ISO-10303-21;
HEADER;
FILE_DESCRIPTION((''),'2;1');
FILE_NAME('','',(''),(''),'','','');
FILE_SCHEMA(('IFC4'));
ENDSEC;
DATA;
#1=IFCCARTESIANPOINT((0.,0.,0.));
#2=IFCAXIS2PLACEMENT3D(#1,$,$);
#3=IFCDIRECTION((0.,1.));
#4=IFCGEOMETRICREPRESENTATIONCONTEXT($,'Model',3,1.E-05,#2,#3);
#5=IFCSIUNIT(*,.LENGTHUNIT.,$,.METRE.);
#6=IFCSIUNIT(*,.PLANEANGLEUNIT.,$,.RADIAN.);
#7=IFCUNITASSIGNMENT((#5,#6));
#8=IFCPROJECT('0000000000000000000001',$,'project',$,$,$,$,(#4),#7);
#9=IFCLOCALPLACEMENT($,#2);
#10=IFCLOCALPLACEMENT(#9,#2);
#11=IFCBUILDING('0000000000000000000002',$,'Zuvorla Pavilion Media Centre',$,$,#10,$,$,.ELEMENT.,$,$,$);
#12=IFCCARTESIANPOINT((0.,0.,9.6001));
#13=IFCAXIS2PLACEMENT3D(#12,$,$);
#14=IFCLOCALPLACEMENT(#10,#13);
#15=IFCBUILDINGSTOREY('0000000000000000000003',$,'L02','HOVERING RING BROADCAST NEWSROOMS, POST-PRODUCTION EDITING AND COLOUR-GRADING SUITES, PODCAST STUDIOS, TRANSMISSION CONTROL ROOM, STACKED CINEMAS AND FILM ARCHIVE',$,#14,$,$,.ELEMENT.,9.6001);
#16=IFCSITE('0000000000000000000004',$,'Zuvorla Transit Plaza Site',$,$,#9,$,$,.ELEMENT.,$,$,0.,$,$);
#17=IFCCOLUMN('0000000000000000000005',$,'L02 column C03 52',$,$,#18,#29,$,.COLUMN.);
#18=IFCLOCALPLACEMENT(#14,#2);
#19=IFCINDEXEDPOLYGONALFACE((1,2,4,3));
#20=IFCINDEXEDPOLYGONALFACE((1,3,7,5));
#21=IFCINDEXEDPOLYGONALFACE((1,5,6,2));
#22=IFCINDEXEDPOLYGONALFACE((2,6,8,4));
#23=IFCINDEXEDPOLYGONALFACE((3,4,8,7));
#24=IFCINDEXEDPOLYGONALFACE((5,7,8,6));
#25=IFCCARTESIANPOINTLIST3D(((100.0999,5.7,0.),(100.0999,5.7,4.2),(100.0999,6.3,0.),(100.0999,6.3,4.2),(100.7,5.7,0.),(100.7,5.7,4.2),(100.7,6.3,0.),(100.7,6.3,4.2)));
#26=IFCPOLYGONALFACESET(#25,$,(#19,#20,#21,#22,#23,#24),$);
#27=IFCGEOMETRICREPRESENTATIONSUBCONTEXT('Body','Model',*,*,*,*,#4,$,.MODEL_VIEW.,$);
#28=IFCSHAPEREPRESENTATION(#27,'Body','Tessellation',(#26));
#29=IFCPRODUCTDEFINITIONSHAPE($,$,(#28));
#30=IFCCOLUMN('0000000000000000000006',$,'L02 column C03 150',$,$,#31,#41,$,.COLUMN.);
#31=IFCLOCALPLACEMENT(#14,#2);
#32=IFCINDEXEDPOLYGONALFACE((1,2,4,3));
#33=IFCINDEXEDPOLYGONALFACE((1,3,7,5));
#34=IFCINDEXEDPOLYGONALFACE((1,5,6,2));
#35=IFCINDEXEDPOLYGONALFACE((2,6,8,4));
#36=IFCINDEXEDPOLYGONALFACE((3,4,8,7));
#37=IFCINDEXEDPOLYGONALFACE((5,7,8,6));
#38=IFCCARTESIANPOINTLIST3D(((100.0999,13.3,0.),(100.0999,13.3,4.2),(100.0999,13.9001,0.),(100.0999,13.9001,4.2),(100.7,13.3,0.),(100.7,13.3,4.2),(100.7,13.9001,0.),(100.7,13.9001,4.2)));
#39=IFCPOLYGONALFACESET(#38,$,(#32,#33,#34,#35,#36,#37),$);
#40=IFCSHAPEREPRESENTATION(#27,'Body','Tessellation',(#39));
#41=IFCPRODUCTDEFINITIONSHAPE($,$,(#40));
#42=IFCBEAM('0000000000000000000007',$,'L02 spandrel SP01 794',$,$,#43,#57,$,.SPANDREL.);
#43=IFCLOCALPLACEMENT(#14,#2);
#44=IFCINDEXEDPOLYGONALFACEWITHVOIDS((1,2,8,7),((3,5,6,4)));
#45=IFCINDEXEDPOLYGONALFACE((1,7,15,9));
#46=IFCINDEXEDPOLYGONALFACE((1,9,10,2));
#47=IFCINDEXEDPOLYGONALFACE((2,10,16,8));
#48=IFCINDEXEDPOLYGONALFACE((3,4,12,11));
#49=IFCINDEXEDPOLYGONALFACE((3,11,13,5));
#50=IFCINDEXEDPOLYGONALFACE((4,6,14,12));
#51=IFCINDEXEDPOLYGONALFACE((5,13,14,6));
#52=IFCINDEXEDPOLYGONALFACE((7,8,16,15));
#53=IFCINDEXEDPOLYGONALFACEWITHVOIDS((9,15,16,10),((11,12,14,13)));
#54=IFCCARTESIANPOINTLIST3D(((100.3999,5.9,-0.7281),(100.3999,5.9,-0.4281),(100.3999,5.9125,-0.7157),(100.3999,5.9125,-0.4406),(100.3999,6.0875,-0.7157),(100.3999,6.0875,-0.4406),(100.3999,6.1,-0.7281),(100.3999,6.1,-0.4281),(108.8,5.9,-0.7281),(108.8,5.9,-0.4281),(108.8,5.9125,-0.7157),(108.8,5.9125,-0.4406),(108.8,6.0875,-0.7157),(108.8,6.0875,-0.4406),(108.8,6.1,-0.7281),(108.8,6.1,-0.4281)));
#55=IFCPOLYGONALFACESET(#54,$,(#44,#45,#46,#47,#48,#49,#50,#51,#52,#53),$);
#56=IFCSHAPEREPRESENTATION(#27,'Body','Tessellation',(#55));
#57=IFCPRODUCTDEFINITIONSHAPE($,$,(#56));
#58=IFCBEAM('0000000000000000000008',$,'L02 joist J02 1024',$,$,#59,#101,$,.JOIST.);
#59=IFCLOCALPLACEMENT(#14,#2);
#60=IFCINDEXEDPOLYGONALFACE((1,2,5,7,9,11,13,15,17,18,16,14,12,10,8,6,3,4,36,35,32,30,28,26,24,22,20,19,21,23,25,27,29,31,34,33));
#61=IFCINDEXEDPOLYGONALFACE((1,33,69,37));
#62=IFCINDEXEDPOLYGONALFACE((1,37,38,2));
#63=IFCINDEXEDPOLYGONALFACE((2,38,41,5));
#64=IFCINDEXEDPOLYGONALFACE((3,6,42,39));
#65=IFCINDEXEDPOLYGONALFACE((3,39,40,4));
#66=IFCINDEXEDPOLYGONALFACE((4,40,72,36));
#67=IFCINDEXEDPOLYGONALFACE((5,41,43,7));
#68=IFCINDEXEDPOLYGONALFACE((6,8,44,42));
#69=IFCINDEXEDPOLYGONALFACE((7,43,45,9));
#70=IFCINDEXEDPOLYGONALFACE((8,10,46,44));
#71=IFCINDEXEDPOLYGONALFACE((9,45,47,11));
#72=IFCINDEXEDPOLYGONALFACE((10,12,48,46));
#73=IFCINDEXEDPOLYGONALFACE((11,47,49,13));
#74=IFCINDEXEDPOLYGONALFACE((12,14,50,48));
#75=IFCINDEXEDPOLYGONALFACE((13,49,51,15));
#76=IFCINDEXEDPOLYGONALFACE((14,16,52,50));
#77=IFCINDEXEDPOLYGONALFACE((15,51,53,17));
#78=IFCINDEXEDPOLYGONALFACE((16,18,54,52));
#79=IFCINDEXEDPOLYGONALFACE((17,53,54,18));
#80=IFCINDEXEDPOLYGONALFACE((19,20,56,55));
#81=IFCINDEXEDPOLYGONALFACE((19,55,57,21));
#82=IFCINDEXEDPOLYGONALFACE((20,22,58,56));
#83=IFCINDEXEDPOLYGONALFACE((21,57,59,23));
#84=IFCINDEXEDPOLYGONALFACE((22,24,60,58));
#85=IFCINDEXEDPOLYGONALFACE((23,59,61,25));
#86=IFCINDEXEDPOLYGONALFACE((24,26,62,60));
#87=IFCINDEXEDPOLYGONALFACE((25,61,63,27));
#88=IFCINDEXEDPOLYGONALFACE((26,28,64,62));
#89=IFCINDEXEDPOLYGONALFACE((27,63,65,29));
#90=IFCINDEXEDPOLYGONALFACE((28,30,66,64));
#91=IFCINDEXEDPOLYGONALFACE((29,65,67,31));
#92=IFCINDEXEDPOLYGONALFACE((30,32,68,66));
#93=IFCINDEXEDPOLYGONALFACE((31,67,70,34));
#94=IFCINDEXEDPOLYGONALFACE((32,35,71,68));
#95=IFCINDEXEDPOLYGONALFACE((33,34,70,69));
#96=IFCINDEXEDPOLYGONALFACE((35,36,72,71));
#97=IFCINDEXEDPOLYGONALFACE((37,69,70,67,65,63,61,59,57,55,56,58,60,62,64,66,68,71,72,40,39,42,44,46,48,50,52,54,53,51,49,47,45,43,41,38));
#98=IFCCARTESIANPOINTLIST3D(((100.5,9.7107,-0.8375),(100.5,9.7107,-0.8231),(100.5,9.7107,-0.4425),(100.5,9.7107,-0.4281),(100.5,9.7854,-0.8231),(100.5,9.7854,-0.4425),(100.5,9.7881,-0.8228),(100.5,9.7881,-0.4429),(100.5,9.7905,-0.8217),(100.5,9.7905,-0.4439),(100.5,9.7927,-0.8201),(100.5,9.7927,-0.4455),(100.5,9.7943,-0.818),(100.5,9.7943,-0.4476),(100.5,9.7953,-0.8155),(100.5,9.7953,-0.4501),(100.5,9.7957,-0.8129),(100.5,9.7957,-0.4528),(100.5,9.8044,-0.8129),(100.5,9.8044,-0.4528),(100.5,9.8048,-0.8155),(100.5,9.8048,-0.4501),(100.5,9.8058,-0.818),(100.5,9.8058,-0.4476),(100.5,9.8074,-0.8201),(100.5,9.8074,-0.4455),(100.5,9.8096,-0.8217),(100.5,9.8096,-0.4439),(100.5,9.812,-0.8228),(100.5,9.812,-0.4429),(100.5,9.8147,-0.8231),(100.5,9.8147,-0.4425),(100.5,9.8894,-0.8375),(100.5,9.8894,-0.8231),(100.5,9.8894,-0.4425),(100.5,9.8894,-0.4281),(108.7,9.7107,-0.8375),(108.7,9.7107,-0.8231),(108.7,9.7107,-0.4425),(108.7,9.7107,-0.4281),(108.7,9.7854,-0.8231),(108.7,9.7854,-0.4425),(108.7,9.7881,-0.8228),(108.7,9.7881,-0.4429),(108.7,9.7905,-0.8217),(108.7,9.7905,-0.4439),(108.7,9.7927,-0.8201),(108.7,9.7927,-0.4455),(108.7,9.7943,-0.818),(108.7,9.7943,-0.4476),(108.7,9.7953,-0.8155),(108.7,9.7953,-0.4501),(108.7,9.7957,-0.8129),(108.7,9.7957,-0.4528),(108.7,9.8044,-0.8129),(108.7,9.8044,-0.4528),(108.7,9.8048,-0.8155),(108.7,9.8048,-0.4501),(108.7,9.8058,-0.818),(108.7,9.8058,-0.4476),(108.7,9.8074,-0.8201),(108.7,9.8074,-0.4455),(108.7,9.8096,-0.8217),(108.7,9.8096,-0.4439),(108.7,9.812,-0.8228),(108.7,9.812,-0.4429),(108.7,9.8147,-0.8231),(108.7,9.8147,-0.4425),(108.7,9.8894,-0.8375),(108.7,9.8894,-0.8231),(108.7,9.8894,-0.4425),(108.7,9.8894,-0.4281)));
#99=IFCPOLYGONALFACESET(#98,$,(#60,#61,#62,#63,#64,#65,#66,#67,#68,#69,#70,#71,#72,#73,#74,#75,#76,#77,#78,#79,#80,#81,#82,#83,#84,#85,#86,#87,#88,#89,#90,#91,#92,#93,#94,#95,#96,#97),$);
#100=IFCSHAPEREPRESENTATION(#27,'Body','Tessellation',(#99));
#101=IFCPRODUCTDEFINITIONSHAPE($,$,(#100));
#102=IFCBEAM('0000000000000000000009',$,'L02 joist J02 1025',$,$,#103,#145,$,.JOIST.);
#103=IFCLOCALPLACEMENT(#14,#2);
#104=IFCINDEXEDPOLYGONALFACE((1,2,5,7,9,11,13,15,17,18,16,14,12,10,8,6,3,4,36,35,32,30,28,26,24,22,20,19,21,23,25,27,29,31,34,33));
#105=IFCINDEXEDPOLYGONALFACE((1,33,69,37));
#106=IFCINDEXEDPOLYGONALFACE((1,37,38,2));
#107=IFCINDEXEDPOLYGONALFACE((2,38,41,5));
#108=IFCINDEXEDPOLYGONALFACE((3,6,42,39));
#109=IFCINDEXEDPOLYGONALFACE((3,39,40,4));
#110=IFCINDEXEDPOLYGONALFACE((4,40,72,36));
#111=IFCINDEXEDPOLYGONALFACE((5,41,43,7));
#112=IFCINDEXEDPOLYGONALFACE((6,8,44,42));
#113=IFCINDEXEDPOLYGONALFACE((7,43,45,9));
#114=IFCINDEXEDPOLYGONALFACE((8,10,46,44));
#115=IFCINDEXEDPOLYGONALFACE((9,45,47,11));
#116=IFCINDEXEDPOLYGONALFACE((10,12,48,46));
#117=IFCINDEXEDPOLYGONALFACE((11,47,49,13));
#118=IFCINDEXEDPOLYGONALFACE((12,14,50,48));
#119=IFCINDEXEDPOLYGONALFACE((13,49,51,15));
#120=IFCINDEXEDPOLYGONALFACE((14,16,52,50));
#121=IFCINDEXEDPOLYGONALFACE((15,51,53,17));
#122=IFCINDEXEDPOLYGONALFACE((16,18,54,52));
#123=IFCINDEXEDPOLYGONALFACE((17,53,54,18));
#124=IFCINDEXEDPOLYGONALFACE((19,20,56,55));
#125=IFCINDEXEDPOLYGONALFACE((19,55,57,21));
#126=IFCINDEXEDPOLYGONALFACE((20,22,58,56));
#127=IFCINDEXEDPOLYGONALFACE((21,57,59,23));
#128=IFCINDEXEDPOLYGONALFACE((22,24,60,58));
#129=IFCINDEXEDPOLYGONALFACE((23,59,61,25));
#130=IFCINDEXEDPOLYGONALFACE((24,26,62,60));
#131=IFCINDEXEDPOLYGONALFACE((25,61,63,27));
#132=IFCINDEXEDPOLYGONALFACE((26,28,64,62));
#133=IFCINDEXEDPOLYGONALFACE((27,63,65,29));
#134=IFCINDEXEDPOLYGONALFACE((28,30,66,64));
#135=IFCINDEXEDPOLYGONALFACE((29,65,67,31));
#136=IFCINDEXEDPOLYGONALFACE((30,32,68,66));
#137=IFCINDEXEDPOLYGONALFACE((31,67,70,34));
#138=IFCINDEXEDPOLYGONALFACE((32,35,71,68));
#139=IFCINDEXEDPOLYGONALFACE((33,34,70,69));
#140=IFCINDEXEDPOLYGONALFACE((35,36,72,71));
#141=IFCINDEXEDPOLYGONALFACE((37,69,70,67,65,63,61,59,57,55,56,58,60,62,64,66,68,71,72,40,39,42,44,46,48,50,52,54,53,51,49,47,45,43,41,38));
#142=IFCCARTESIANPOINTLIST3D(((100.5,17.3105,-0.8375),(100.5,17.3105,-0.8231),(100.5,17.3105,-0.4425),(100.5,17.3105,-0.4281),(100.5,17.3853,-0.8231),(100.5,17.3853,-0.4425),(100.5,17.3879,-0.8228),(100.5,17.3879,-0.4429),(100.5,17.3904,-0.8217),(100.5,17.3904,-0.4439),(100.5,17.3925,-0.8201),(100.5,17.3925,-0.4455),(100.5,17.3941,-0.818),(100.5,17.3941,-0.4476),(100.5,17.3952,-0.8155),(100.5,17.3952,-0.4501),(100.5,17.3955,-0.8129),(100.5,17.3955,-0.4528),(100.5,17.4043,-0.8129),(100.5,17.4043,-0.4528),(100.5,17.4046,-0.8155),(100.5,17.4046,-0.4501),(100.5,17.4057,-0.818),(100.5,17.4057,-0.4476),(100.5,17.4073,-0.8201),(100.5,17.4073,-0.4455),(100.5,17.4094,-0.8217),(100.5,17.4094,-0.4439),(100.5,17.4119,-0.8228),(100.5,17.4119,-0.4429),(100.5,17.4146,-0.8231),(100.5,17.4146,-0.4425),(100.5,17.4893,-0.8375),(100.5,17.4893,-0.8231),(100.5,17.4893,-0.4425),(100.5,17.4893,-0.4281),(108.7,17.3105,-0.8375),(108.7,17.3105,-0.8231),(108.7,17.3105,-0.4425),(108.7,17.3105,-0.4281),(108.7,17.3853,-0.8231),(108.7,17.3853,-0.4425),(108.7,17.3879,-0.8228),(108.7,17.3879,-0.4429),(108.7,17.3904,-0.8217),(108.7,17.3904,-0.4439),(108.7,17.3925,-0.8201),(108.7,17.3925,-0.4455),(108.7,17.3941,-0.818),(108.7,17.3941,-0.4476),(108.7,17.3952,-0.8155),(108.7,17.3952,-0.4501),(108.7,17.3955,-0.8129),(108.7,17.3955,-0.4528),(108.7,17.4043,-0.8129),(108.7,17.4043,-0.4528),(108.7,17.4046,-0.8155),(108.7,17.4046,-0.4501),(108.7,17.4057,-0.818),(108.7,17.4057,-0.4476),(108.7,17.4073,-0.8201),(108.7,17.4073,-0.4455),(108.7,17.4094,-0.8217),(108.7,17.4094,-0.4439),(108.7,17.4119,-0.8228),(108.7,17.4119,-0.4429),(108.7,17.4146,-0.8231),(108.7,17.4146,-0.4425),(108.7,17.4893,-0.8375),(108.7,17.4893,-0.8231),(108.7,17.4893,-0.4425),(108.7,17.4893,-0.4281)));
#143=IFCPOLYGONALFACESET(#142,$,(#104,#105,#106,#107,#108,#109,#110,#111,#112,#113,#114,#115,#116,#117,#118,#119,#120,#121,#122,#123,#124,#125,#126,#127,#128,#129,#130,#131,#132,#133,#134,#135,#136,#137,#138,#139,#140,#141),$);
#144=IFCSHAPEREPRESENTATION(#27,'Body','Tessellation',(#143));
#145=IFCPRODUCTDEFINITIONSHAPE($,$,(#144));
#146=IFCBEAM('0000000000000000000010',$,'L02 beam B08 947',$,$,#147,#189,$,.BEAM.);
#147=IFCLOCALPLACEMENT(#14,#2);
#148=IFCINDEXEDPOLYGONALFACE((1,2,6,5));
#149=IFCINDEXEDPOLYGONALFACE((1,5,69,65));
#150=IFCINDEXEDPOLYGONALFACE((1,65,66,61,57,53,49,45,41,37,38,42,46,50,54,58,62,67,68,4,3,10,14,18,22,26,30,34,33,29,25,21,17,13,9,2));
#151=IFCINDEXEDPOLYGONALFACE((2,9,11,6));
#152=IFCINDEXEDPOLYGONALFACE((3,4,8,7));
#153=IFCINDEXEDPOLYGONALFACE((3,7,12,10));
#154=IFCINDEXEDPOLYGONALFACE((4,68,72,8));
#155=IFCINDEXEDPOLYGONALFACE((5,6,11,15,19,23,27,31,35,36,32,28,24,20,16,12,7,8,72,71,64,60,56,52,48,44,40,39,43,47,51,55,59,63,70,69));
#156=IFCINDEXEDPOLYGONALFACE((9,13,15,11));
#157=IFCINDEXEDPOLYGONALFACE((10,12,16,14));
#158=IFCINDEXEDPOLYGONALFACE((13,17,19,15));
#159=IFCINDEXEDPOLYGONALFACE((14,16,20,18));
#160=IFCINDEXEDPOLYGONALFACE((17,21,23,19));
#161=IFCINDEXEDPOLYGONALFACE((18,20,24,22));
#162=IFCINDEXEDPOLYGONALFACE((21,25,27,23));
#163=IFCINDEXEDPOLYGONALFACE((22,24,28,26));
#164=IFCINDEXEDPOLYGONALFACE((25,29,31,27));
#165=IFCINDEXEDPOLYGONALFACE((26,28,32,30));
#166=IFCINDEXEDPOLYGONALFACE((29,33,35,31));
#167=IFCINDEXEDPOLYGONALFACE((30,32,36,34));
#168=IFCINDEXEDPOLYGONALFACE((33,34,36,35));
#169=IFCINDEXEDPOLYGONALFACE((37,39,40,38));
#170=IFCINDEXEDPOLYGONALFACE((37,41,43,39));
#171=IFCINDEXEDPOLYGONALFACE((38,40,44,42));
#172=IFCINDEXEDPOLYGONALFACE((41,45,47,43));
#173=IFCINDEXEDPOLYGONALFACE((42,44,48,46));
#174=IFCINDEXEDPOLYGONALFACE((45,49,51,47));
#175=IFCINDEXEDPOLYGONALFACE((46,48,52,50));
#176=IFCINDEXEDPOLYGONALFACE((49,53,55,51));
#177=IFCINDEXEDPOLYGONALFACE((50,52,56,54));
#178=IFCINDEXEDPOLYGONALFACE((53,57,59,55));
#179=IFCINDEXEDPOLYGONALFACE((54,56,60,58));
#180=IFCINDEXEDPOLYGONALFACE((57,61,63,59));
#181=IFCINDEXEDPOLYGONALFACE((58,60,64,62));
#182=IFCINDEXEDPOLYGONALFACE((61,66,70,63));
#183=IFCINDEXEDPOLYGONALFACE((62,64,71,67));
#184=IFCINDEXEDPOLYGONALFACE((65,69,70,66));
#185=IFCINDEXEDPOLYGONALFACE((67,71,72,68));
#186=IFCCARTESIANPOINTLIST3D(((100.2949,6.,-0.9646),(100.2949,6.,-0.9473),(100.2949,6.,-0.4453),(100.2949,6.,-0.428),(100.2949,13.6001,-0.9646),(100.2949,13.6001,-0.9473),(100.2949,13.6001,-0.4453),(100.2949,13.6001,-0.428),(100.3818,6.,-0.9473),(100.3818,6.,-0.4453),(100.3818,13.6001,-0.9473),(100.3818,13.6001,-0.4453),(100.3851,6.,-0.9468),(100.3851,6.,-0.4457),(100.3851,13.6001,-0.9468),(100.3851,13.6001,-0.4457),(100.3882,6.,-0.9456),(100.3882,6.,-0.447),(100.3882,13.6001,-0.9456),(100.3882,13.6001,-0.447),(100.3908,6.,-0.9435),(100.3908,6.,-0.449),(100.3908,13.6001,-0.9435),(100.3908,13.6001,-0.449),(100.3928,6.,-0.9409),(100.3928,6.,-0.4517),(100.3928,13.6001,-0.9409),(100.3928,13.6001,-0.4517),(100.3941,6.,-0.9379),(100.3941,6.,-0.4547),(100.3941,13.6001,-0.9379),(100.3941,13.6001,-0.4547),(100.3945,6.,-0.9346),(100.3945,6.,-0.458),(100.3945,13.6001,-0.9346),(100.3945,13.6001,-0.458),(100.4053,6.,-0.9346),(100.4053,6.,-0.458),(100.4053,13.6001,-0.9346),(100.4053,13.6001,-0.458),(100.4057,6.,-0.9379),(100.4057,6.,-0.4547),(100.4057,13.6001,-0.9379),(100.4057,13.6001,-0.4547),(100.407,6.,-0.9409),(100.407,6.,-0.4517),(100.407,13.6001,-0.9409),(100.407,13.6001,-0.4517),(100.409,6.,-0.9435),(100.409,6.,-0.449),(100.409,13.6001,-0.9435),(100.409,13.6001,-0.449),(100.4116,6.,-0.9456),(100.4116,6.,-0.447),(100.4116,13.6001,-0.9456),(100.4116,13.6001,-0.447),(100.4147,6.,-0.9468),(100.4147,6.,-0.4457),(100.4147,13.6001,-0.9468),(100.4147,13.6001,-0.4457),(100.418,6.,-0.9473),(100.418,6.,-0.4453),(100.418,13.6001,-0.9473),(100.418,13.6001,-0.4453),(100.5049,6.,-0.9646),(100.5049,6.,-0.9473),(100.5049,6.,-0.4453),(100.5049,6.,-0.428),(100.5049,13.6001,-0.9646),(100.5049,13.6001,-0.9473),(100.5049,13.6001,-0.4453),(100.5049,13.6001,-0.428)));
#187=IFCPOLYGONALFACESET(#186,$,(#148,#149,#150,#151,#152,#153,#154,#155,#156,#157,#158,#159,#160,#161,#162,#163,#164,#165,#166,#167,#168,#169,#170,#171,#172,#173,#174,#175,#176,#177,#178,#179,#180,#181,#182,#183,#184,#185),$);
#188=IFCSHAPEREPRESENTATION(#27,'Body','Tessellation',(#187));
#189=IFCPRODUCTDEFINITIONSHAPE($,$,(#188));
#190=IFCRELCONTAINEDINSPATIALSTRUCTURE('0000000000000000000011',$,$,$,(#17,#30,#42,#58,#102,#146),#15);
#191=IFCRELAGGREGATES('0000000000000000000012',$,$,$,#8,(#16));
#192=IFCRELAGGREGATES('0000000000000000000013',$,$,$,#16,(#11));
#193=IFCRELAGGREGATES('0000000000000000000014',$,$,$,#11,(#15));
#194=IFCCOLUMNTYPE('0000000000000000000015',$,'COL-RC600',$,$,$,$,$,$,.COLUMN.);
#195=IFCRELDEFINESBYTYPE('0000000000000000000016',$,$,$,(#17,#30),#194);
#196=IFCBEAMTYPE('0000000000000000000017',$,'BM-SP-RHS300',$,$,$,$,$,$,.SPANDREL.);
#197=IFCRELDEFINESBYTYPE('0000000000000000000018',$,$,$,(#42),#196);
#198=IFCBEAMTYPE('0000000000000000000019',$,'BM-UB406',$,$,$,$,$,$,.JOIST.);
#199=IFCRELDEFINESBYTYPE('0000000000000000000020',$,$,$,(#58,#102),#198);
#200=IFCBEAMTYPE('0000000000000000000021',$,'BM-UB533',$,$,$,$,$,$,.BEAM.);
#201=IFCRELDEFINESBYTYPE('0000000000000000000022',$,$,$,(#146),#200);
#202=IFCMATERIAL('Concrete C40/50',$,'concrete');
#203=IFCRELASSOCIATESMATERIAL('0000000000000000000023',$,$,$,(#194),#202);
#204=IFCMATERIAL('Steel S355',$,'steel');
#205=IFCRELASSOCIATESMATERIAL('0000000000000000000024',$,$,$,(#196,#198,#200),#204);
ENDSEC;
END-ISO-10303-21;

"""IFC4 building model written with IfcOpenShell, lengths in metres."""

from ifc_helpers import new_model, si_unit, direction, frame, origin, origin_2d, place, context, subcontext, project, spatial, rectangle, hollow_rectangle, i_section, extrude, material, material_profile, profile_set, type_object, element, save


model = new_model("IFC4")

# Units and contexts
model_context = context("Model", 3, precision=1e-05, world=origin(), true_north=direction((0.0, 1.0)))
body_context = subcontext(model_context, "Body", "Model", "MODEL_VIEW")
ifc_project = project(units=[si_unit("LENGTHUNIT", "METRE"), si_unit("PLANEANGLEUNIT", "RADIAN")], contexts=[model_context])

# Site, building, storey
site_placement = place(None, origin())
site = spatial("IfcSite", under=ifc_project, at=site_placement, Name="Zuvorla Transit Plaza Site", CompositionType="ELEMENT", RefElevation=0.0)
building_placement = place(site_placement, origin())
building = spatial("IfcBuilding", under=site, at=building_placement, Name="Zuvorla Pavilion Media Centre", CompositionType="ELEMENT")
storey_placement = place(building_placement, frame((0.0, 0.0, 9.6001)))
storey = spatial("IfcBuildingStorey", under=building, at=storey_placement, Name="L02", Description="HOVERING RING BROADCAST NEWSROOMS, POST-PRODUCTION EDITING AND COLOUR-GRADING SUITES, PODCAST STUDIOS, TRANSMISSION CONTROL ROOM, STACKED CINEMAS AND FILM ARCHIVE", CompositionType="ELEMENT", Elevation=9.6001)

# Columns
ifc_material_1 = material(Name="Concrete C40/50", Category="concrete")
ifc_material_profile_1 = material_profile(ifc_material_1, rectangle(XDim=0.6001, YDim=0.6001, at=origin_2d()), Name="RC 600x600")
ifc_profile_set_1 = profile_set([ifc_material_profile_1], Name="Concrete C40/50")
column_type = type_object("IfcColumnType", Name="COL-RC600", PredefinedType="COLUMN", material=ifc_profile_set_1)
for number, where, z_axis, x_axis, name in (
    (1, (100.3999, 6.0, 0.0), (0.0, 0.0, 1.0), (1.0, 0.0, 0.0), "L02 column C03 52"),
    (2, (100.3999, 13.6001, 0.0), (0.0, 0.0, 1.0), (1.0, 0.0, 0.0), "L02 column C03 150"),
):
    element("IfcColumn", number, at=place(storey_placement, frame(where, z_axis=z_axis, x_axis=x_axis)), inside=storey, type_object=column_type, Name=name, PredefinedType="COLUMN", context=body_context, shape_type="SweptSolid", body=[
        extrude(rectangle(XDim=0.6001, YDim=0.6001, at=origin_2d()), origin(), (0.0, 0.0, 1.0), 4.2),
    ])

# Beams
ifc_material_2 = material(Name="Steel S355", Category="steel")
ifc_material_profile_2 = material_profile(ifc_material_2, hollow_rectangle(XDim=0.2, YDim=0.3, WallThickness=0.0125, at=origin_2d()), Name="RHS 300x200x12.5")
ifc_profile_set_2 = profile_set([ifc_material_profile_2], Name="Steel S355")
beam_type_1 = type_object("IfcBeamType", Name="BM-SP-RHS300", PredefinedType="SPANDREL", material=ifc_profile_set_2)
beam_1_placement = place(storey_placement, frame((100.3999, 6.0, -0.5781), z_axis=(1.0, 0.0, 0.0), x_axis=(0.0, 1.0, 0.0)))
element("IfcBeam", 3, at=beam_1_placement, inside=storey, type_object=beam_type_1, Name="L02 spandrel SP01 794", PredefinedType="SPANDREL", context=body_context, shape_type="SweptSolid", body=[
    extrude(hollow_rectangle(XDim=0.2, YDim=0.3, WallThickness=0.0125, at=origin_2d()), origin(), (0.0, 0.0, 1.0), 8.4001),
])
ifc_material_profile_3 = material_profile(ifc_material_2, i_section(OverallWidth=0.1787, OverallDepth=0.4094, WebThickness=0.0088, FlangeThickness=0.0144, FilletRadius=0.0103, at=origin_2d()), Name="UB 406x178x67")
ifc_profile_set_3 = profile_set([ifc_material_profile_3], Name="Steel S355")
beam_type_2 = type_object("IfcBeamType", Name="BM-UB406", PredefinedType="JOIST", material=ifc_profile_set_3)
for number, where, z_axis, x_axis, name in (
    (4, (100.5, 9.8, -0.6328), (1.0, 0.0, 0.0), (0.0, 1.0, 0.0), "L02 joist J02 1024"),
    (5, (100.5, 17.3999, -0.6328), (1.0, 0.0, 0.0), (0.0, 1.0, 0.0), "L02 joist J02 1025"),
):
    element("IfcBeam", number, at=place(storey_placement, frame(where, z_axis=z_axis, x_axis=x_axis)), inside=storey, type_object=beam_type_2, Name=name, PredefinedType="JOIST", context=body_context, shape_type="SweptSolid", body=[
        extrude(i_section(OverallWidth=0.1787, OverallDepth=0.4094, WebThickness=0.0088, FlangeThickness=0.0144, FilletRadius=0.0103, at=origin_2d()), origin(), (0.0, 0.0, 1.0), 8.2),
    ])
ifc_material_profile_4 = material_profile(ifc_material_2, i_section(OverallWidth=0.21, OverallDepth=0.5366, WebThickness=0.0107, FlangeThickness=0.0173, FilletRadius=0.0127, at=origin_2d()), Name="UB 533x210x101")
ifc_profile_set_4 = profile_set([ifc_material_profile_4], Name="Steel S355")
beam_type_3 = type_object("IfcBeamType", Name="BM-UB533", PredefinedType="BEAM", material=ifc_profile_set_4)
beam_2_placement = place(storey_placement, frame((100.3999, 6.0, -0.6963), z_axis=(0.0, 1.0, 0.0), x_axis=(-1.0, 0.0, 0.0)))
element("IfcBeam", 6, at=beam_2_placement, inside=storey, type_object=beam_type_3, Name="L02 beam B08 947", PredefinedType="BEAM", context=body_context, shape_type="SweptSolid", body=[
    extrude(i_section(OverallWidth=0.21, OverallDepth=0.5366, WebThickness=0.0107, FlangeThickness=0.0173, FilletRadius=0.0127, at=origin_2d()), origin(), (0.0, 0.0, 1.0), 7.6001),
])

save(model, "model.ifc")
